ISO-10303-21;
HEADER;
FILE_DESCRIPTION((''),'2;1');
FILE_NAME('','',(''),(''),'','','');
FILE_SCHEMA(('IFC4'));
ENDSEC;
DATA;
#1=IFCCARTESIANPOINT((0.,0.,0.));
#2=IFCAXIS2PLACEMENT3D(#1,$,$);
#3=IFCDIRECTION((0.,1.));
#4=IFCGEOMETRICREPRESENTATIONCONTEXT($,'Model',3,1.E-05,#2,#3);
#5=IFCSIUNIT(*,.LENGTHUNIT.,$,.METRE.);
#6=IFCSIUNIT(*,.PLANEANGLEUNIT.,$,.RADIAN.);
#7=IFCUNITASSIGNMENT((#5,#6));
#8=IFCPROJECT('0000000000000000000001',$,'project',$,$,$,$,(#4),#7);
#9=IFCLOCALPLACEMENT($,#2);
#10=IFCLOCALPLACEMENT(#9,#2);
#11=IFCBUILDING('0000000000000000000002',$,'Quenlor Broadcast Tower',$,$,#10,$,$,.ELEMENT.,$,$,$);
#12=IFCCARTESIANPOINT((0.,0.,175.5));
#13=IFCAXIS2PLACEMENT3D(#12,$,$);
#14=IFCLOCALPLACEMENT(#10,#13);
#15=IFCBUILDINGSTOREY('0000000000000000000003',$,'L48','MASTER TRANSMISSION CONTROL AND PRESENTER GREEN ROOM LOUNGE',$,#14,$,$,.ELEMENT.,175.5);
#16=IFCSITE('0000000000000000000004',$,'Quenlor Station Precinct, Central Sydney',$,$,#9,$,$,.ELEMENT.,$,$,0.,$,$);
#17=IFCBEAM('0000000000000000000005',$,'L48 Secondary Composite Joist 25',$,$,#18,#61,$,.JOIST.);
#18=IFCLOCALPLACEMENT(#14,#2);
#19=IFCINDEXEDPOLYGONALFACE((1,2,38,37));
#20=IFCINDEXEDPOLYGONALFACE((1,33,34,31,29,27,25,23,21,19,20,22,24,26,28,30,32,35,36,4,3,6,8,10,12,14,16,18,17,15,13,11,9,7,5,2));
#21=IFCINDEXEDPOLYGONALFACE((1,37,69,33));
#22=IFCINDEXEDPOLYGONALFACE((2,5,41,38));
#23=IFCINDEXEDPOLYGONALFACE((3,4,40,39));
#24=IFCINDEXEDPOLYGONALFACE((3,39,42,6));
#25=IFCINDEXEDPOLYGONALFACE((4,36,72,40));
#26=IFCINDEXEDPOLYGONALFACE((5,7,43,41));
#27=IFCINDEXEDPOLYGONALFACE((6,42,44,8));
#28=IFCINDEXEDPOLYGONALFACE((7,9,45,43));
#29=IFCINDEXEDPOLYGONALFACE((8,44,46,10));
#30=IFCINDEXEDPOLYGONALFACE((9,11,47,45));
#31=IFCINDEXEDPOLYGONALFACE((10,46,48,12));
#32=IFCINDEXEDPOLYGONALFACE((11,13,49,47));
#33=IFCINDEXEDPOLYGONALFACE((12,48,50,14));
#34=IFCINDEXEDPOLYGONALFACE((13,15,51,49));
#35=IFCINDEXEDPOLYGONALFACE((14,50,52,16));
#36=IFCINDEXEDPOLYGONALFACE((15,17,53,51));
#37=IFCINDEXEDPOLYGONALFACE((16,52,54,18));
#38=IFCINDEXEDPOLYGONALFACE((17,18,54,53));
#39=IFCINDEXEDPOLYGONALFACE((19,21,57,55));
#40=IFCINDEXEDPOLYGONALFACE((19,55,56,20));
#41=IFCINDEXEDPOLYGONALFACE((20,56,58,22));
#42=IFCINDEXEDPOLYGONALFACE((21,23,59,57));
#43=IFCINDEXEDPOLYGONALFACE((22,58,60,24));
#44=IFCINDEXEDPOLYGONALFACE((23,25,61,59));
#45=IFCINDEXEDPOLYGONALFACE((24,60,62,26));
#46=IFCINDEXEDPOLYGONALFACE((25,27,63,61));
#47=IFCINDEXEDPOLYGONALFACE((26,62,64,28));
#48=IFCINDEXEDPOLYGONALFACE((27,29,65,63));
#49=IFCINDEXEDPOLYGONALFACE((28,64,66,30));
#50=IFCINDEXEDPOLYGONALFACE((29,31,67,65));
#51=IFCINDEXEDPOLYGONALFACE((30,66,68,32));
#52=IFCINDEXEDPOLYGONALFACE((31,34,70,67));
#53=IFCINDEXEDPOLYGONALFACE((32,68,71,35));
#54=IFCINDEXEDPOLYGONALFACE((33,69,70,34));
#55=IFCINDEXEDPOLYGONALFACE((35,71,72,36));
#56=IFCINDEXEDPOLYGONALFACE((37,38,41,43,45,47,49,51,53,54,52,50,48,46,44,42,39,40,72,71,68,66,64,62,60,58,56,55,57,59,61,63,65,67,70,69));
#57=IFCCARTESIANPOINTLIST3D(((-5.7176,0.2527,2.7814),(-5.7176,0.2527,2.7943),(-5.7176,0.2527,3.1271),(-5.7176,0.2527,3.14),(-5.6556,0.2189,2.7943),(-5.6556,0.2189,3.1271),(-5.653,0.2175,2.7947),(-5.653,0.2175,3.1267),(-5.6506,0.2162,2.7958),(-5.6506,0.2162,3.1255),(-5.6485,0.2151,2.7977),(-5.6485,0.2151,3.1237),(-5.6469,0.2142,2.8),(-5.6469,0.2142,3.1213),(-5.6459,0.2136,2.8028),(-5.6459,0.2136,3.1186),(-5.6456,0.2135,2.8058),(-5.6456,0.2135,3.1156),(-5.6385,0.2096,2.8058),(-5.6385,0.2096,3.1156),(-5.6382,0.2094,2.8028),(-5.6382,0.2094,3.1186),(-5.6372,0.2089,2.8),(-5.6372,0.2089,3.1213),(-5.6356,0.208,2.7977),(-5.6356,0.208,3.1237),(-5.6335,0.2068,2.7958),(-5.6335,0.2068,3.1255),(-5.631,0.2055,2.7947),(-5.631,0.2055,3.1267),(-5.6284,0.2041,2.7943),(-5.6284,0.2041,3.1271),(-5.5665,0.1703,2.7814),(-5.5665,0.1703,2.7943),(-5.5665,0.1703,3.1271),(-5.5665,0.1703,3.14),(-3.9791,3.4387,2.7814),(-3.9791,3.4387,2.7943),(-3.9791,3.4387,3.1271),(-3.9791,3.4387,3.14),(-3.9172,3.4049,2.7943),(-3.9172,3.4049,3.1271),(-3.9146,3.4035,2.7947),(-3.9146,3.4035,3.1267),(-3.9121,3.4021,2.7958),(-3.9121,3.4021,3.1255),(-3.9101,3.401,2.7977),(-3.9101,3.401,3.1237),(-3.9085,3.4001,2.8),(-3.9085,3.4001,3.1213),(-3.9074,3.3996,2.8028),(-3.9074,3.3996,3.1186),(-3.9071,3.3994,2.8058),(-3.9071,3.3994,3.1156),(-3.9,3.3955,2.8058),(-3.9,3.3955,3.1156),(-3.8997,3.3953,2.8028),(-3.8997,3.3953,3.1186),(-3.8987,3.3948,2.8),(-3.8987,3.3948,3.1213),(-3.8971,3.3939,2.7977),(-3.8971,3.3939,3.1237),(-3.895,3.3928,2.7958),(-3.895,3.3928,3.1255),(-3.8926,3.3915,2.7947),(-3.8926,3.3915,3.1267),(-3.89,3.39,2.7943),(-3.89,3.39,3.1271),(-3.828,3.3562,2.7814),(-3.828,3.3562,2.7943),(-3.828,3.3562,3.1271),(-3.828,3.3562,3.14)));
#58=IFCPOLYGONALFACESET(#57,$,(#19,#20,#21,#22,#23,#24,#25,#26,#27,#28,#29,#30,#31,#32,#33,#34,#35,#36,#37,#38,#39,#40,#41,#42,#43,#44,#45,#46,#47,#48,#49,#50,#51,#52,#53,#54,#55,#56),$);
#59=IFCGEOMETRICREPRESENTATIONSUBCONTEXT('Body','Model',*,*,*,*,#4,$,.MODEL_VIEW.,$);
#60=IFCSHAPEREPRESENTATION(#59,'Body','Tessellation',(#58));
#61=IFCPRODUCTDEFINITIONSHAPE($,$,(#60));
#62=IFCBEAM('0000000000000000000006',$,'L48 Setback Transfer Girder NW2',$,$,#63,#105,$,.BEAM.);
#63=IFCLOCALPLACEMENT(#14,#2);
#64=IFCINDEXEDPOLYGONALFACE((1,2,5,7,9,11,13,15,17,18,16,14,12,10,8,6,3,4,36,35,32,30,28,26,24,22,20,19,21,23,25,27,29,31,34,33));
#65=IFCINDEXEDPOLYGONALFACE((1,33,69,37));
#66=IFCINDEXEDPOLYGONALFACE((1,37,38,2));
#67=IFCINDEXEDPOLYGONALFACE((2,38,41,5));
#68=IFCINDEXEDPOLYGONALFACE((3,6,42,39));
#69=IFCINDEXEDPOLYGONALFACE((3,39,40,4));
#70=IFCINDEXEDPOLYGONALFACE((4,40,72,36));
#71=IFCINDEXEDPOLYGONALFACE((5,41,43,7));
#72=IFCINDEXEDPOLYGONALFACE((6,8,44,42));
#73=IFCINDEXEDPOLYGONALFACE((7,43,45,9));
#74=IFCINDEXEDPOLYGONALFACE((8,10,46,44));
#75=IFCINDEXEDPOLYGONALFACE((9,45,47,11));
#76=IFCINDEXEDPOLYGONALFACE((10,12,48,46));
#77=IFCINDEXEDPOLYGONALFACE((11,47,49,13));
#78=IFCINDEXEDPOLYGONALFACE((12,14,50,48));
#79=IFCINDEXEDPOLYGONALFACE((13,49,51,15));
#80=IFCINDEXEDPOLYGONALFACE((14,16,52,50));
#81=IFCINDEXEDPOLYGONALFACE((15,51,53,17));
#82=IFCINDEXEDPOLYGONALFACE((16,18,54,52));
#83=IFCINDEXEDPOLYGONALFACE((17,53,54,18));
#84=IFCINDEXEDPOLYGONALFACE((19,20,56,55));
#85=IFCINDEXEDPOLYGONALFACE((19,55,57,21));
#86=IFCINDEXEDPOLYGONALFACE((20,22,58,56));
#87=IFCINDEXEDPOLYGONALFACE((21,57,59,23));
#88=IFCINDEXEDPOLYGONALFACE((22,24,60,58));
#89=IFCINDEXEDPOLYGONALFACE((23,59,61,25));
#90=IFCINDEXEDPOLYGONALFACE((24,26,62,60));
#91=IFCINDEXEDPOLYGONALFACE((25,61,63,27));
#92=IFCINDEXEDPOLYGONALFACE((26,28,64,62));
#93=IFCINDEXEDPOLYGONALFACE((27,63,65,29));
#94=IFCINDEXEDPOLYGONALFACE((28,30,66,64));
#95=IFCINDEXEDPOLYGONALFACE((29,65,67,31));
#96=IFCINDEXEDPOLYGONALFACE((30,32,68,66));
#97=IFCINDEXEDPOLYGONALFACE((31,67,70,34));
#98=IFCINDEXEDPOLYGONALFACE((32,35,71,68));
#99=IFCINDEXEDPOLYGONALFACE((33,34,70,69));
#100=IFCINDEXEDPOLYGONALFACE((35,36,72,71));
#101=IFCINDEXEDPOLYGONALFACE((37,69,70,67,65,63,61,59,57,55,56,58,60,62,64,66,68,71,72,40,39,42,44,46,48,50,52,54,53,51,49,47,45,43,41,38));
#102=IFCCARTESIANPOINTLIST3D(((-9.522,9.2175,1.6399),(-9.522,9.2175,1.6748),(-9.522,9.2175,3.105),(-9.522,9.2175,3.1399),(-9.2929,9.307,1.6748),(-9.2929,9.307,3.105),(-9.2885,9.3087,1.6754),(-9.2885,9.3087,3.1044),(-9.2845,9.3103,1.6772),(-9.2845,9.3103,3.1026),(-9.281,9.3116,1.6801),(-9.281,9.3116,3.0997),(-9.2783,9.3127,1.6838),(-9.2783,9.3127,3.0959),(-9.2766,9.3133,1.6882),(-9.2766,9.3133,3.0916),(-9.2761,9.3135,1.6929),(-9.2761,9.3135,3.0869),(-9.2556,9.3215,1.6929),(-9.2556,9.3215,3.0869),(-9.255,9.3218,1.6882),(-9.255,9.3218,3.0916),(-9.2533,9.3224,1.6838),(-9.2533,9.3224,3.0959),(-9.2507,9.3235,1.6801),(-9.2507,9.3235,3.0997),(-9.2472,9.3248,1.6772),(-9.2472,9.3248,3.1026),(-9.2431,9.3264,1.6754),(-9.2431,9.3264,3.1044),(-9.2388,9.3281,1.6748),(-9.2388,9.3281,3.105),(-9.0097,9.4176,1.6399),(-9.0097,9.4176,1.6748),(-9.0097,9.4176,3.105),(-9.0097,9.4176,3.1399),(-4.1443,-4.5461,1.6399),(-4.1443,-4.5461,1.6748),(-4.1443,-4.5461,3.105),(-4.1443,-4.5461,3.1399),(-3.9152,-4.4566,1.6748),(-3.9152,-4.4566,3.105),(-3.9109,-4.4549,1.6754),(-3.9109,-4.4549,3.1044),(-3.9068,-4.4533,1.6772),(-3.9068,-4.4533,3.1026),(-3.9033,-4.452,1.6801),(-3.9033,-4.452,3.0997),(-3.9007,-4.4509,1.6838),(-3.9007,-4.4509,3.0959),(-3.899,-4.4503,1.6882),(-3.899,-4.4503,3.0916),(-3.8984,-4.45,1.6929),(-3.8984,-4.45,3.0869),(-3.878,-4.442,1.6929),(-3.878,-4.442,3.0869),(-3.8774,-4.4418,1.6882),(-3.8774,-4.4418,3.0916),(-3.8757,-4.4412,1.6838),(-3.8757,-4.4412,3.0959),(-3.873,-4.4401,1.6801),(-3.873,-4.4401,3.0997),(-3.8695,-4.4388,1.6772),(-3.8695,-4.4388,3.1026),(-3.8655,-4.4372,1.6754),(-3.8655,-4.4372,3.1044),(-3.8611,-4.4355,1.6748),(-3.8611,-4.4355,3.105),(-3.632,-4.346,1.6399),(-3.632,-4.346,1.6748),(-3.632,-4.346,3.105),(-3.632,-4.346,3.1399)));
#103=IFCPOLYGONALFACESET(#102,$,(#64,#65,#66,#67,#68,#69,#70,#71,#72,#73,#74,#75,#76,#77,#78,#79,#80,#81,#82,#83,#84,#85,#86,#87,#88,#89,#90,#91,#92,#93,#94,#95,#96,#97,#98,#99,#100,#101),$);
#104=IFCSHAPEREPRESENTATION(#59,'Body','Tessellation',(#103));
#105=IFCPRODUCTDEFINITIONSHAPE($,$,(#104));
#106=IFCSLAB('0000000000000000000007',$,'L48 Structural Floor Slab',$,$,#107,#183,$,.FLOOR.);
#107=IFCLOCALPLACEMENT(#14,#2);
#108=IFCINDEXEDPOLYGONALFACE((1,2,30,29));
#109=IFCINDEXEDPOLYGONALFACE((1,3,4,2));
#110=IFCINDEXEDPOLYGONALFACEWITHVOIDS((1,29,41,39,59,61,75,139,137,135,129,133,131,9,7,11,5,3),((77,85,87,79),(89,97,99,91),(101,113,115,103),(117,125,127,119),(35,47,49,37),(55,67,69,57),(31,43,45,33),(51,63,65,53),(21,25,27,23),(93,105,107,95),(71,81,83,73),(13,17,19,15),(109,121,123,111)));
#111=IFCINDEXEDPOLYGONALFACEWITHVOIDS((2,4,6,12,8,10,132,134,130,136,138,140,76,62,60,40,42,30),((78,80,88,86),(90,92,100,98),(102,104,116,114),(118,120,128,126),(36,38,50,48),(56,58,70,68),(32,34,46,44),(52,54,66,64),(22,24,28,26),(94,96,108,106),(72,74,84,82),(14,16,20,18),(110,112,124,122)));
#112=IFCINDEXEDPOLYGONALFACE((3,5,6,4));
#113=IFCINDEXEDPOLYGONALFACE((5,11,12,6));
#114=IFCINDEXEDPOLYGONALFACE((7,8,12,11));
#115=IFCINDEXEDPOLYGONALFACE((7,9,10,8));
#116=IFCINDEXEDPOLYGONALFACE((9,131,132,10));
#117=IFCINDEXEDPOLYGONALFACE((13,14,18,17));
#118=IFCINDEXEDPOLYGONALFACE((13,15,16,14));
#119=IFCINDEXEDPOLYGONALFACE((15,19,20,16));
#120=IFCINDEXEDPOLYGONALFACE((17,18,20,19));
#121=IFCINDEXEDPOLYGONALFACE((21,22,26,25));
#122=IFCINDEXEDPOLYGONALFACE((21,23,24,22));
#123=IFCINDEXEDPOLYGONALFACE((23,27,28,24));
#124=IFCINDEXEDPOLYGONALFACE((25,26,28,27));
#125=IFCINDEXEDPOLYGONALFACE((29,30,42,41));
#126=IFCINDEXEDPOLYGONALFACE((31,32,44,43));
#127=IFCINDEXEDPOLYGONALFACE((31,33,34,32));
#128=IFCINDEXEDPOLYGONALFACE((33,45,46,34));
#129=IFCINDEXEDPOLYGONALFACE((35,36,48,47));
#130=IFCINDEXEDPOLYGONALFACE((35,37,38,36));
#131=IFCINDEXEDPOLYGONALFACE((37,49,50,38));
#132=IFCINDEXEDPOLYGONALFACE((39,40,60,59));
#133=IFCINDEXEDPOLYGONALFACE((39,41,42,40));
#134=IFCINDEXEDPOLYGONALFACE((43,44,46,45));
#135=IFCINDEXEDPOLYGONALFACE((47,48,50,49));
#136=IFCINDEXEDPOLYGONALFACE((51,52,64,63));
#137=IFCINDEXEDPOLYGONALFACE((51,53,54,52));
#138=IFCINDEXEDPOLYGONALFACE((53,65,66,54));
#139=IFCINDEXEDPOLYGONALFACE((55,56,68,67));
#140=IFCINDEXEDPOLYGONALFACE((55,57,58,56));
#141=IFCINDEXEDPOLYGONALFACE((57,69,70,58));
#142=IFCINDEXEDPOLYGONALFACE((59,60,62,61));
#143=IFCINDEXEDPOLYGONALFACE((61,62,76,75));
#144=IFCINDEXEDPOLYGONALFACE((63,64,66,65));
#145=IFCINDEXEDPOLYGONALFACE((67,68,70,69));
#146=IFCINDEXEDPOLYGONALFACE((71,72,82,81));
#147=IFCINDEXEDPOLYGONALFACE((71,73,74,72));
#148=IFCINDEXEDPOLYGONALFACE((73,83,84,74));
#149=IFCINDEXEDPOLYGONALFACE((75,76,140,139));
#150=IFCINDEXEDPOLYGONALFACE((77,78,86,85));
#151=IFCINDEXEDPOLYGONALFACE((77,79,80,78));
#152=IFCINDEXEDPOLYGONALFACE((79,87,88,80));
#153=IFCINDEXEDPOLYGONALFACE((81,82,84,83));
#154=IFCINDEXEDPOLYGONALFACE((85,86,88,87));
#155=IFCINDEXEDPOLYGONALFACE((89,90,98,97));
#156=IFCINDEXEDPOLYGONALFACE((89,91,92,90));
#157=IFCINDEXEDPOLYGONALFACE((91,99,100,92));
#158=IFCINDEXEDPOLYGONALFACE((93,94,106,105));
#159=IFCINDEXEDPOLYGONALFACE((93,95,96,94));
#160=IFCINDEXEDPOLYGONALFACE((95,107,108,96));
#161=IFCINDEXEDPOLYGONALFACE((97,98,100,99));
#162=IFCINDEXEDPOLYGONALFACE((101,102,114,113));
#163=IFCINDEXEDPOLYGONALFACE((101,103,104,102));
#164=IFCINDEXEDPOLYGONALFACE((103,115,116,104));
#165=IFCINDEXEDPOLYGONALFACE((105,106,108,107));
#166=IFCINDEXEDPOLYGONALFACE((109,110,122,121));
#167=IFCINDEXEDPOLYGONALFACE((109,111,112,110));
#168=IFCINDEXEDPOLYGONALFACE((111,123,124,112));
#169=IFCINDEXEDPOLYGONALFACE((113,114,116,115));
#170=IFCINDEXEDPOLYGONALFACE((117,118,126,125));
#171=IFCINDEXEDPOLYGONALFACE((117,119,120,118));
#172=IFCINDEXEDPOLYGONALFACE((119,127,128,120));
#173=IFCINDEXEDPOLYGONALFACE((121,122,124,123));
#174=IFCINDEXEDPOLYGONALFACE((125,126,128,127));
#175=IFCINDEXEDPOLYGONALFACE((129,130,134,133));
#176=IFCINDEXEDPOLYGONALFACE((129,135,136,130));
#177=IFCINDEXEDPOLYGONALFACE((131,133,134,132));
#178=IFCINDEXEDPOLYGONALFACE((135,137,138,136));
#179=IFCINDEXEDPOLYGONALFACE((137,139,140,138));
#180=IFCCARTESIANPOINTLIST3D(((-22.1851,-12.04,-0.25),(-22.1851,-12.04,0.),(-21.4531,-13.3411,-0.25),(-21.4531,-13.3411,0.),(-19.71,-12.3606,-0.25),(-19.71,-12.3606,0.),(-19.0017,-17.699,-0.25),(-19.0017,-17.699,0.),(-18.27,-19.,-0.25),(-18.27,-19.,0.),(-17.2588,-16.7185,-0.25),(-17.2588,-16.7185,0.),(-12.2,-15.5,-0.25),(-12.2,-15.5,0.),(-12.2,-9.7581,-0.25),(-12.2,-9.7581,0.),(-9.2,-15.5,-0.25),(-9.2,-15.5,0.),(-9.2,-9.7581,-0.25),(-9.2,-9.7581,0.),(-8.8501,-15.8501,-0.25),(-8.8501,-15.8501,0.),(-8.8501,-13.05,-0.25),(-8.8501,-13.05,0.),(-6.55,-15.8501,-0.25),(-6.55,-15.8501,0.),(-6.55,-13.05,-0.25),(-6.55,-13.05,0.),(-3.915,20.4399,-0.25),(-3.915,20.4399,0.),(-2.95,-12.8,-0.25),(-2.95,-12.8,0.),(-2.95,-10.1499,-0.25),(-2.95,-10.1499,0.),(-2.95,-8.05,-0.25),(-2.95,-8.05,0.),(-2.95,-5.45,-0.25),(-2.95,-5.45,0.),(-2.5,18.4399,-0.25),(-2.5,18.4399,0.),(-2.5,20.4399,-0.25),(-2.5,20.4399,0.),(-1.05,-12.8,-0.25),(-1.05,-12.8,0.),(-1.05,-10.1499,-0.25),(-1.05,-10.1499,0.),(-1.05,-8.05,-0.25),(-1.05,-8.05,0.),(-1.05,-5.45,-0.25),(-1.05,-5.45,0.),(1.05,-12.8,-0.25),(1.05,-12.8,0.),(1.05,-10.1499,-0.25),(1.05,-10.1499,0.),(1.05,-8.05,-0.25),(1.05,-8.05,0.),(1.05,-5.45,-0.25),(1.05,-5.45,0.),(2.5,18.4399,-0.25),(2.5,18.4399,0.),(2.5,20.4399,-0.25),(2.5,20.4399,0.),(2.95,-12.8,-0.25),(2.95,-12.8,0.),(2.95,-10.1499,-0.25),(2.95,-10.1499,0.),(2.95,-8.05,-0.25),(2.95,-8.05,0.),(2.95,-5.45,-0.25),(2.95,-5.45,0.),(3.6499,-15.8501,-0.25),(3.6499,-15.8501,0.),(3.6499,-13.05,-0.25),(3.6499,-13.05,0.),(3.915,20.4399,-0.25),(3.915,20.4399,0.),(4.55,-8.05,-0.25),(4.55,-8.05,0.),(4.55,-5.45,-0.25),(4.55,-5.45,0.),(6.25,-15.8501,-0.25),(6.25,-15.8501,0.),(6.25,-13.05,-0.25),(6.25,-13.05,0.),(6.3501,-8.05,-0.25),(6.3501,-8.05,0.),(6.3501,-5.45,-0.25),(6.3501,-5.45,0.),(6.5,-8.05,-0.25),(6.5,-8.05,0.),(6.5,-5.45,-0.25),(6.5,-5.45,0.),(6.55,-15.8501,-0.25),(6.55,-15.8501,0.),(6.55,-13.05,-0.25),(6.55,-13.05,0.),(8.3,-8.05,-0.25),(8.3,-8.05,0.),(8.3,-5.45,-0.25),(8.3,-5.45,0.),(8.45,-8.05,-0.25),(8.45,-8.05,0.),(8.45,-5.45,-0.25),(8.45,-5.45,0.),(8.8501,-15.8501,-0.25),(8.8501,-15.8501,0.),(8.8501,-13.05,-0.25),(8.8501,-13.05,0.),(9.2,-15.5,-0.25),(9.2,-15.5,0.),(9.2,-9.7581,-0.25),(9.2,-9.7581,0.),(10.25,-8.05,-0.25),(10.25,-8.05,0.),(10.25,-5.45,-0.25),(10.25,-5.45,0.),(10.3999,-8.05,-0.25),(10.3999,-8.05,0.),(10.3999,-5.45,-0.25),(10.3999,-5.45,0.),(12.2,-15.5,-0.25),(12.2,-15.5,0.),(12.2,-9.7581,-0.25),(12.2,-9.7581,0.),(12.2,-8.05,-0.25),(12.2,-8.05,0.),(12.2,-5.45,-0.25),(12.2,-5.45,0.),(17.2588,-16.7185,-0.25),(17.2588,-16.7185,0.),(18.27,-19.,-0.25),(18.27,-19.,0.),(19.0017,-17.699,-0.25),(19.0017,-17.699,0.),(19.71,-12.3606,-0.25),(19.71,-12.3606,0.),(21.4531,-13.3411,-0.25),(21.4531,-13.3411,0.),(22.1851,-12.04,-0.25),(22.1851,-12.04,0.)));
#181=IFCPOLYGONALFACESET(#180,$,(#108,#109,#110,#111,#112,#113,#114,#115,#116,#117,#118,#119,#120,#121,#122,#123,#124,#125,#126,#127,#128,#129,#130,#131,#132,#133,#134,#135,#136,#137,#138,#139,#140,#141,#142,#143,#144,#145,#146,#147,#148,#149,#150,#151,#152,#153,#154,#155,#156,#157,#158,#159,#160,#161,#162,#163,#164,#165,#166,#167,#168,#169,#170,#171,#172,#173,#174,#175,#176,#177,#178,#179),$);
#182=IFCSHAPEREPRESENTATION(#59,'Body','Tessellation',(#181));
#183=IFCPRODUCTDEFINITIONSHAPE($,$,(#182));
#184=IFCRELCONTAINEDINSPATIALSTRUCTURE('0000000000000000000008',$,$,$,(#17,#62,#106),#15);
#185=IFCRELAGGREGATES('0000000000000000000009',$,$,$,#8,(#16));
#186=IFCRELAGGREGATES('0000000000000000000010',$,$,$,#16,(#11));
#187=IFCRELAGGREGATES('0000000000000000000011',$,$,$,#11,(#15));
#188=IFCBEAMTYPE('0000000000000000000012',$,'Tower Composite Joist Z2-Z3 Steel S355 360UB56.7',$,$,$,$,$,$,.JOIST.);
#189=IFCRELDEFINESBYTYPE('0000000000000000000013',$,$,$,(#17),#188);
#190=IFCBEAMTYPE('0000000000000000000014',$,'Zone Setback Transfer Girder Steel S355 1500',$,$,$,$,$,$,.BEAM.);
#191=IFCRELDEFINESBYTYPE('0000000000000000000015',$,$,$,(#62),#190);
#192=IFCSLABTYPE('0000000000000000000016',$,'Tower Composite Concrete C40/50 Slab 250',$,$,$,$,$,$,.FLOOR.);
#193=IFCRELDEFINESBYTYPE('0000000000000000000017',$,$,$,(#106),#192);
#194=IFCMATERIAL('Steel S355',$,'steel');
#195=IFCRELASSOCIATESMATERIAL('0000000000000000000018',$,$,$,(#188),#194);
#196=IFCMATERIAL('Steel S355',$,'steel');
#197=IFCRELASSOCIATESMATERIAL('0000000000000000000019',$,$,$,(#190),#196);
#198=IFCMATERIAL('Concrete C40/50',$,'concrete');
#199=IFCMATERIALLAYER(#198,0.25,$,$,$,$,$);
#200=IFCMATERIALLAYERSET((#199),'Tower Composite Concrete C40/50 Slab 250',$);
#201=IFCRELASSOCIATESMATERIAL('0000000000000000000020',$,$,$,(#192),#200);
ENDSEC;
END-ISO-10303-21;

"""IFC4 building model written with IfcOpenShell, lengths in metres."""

from ifc_helpers import new_model, si_unit, direction, frame, origin, origin_2d, place, context, subcontext, project, spatial, polyline, i_section, outline, extrude, material, layer, layer_set, material_profile, profile_set, type_object, element, save


model = new_model("IFC4")

# Units and contexts
model_context = context("Model", 3, precision=1e-05, world=origin(), true_north=direction((0.0, 1.0)))
body_context = subcontext(model_context, "Body", "Model", "MODEL_VIEW")
ifc_project = project(units=[si_unit("LENGTHUNIT", "METRE"), si_unit("PLANEANGLEUNIT", "RADIAN")], contexts=[model_context])

# Site, building, storey
site_placement = place(None, origin())
site = spatial("IfcSite", under=ifc_project, at=site_placement, Name="Quenlor Station Precinct, Central Sydney", CompositionType="ELEMENT", RefElevation=0.0)
building_placement = place(site_placement, origin())
building = spatial("IfcBuilding", under=site, at=building_placement, Name="Quenlor Broadcast Tower", CompositionType="ELEMENT")
storey_placement = place(building_placement, frame((0.0, 0.0, 175.5)))
storey = spatial("IfcBuildingStorey", under=building, at=storey_placement, Name="L48", Description="MASTER TRANSMISSION CONTROL AND PRESENTER GREEN ROOM LOUNGE", CompositionType="ELEMENT", Elevation=175.5)

# Beams
ifc_material_1 = material(Name="Steel S355", Category="steel")
ifc_material_profile_1 = material_profile(ifc_material_1, i_section(OverallWidth=0.1721, OverallDepth=0.3586, WebThickness=0.0081, FlangeThickness=0.0129, FilletRadius=0.0115, at=origin_2d()))
ifc_profile_set_1 = profile_set([ifc_material_profile_1], Name="Steel S355 360UB56.7")
beam_type_1 = type_object("IfcBeamType", Name="Tower Composite Joist Z2-Z3 Steel S355 360UB56.7", PredefinedType="JOIST", material=ifc_profile_set_1)
beam_1_placement = place(storey_placement, frame((-3.9036, 3.3975, 2.9607), z_axis=(-0.478998, -0.877816, 0.0), x_axis=(0.877816, -0.478998, 0.0)))
element("IfcBeam", 1, at=beam_1_placement, inside=storey, type_object=beam_type_1, Name="L48 Secondary Composite Joist 25", PredefinedType="JOIST", context=body_context, shape_type="SweptSolid", body=[
    extrude(i_section(OverallWidth=0.1721, OverallDepth=0.3586, WebThickness=0.0081, FlangeThickness=0.0129, FilletRadius=0.0115, at=origin_2d()), origin(), (0.0, 0.0, 1.0), 3.6294),
])
ifc_material_2 = material(Name="Steel S355", Category="steel")
ifc_material_profile_2 = material_profile(ifc_material_2, i_section(OverallWidth=0.55, OverallDepth=1.5, WebThickness=0.022, FlangeThickness=0.0349, FilletRadius=0.0181, at=origin_2d()))
ifc_profile_set_2 = profile_set([ifc_material_profile_2], Name="Steel S355 1500TG510")
beam_type_2 = type_object("IfcBeamType", Name="Zone Setback Transfer Girder Steel S355 1500", PredefinedType="BEAM", material=ifc_profile_set_2)
beam_2_placement = place(storey_placement, frame((-3.8882, -4.446, 2.3899), z_axis=(-0.363924, 0.931429, 0.0), x_axis=(-0.931429, -0.363924, 0.0)))
element("IfcBeam", 2, at=beam_2_placement, inside=storey, type_object=beam_type_2, Name="L48 Setback Transfer Girder NW2", PredefinedType="BEAM", context=body_context, shape_type="SweptSolid", body=[
    extrude(i_section(OverallWidth=0.55, OverallDepth=1.5, WebThickness=0.022, FlangeThickness=0.0349, FilletRadius=0.0181, at=origin_2d()), origin(), (0.0, 0.0, 1.0), 14.7769),
])

# Slab
ifc_material_3 = material(Name="Concrete C40/50", Category="concrete")
ifc_layer_1 = layer(ifc_material_3, 0.25)
ifc_layer_set_1 = layer_set([ifc_layer_1], Name="Tower Composite Concrete C40/50 Slab 250")
slab_type = type_object("IfcSlabType", Name="Tower Composite Concrete C40/50 Slab 250", PredefinedType="FLOOR", material=ifc_layer_set_1)
slab_placement = place(storey_placement, frame((0.0, 0.0, -0.25)))
element("IfcSlab", 3, at=slab_placement, inside=storey, type_object=slab_type, Name="L48 Structural Floor Slab", PredefinedType="FLOOR", context=body_context, shape_type="SweptSolid", body=[
    extrude(outline(polyline([(18.27, -19.0), (19.0017, -17.699), (17.2588, -16.7185), (19.71, -12.3606), (21.4531, -13.3411), (22.1851, -12.04), (3.915, 20.4399), (2.5, 20.4399), (2.5, 18.4399), (-2.5, 18.4399), (-2.5, 20.4399), (-3.915, 20.4399), (-22.1851, -12.04), (-21.4531, -13.3411), (-19.71, -12.3606), (-17.2588, -16.7185), (-19.0017, -17.699), (-18.27, -19.0), (18.27, -19.0)]), holes=[polyline([(-12.2, -9.7581), (-12.2, -15.5), (-9.2, -15.5), (-9.2, -9.7581), (-12.2, -9.7581)]), polyline([(9.2, -9.7581), (9.2, -15.5), (12.2, -15.5), (12.2, -9.7581), (9.2, -9.7581)]), polyline([(-2.95, -8.05), (-1.05, -8.05), (-1.05, -5.45), (-2.95, -5.45), (-2.95, -8.05)]), polyline([(1.05, -8.05), (2.95, -8.05), (2.95, -5.45), (1.05, -5.45), (1.05, -8.05)]), polyline([(-2.95, -12.8), (-1.05, -12.8), (-1.05, -10.1499), (-2.95, -10.1499), (-2.95, -12.8)]), polyline([(1.05, -12.8), (2.95, -12.8), (2.95, -10.1499), (1.05, -10.1499), (1.05, -12.8)]), polyline([(4.55, -8.05), (6.3501, -8.05), (6.3501, -5.45), (4.55, -5.45), (4.55, -8.05)]), polyline([(6.5, -8.05), (8.3, -8.05), (8.3, -5.45), (6.5, -5.45), (6.5, -8.05)]), polyline([(8.45, -8.05), (10.25, -8.05), (10.25, -5.45), (8.45, -5.45), (8.45, -8.05)]), polyline([(10.3999, -8.05), (12.2, -8.05), (12.2, -5.45), (10.3999, -5.45), (10.3999, -8.05)]), polyline([(-8.8501, -15.8501), (-6.55, -15.8501), (-6.55, -13.05), (-8.8501, -13.05), (-8.8501, -15.8501)]), polyline([(6.55, -15.8501), (8.8501, -15.8501), (8.8501, -13.05), (6.55, -13.05), (6.55, -15.8501)]), polyline([(3.6499, -15.8501), (6.25, -15.8501), (6.25, -13.05), (3.6499, -13.05), (3.6499, -15.8501)])]), origin(), (0.0, 0.0, 1.0), 0.25),
])

save(model, "model.ifc")
